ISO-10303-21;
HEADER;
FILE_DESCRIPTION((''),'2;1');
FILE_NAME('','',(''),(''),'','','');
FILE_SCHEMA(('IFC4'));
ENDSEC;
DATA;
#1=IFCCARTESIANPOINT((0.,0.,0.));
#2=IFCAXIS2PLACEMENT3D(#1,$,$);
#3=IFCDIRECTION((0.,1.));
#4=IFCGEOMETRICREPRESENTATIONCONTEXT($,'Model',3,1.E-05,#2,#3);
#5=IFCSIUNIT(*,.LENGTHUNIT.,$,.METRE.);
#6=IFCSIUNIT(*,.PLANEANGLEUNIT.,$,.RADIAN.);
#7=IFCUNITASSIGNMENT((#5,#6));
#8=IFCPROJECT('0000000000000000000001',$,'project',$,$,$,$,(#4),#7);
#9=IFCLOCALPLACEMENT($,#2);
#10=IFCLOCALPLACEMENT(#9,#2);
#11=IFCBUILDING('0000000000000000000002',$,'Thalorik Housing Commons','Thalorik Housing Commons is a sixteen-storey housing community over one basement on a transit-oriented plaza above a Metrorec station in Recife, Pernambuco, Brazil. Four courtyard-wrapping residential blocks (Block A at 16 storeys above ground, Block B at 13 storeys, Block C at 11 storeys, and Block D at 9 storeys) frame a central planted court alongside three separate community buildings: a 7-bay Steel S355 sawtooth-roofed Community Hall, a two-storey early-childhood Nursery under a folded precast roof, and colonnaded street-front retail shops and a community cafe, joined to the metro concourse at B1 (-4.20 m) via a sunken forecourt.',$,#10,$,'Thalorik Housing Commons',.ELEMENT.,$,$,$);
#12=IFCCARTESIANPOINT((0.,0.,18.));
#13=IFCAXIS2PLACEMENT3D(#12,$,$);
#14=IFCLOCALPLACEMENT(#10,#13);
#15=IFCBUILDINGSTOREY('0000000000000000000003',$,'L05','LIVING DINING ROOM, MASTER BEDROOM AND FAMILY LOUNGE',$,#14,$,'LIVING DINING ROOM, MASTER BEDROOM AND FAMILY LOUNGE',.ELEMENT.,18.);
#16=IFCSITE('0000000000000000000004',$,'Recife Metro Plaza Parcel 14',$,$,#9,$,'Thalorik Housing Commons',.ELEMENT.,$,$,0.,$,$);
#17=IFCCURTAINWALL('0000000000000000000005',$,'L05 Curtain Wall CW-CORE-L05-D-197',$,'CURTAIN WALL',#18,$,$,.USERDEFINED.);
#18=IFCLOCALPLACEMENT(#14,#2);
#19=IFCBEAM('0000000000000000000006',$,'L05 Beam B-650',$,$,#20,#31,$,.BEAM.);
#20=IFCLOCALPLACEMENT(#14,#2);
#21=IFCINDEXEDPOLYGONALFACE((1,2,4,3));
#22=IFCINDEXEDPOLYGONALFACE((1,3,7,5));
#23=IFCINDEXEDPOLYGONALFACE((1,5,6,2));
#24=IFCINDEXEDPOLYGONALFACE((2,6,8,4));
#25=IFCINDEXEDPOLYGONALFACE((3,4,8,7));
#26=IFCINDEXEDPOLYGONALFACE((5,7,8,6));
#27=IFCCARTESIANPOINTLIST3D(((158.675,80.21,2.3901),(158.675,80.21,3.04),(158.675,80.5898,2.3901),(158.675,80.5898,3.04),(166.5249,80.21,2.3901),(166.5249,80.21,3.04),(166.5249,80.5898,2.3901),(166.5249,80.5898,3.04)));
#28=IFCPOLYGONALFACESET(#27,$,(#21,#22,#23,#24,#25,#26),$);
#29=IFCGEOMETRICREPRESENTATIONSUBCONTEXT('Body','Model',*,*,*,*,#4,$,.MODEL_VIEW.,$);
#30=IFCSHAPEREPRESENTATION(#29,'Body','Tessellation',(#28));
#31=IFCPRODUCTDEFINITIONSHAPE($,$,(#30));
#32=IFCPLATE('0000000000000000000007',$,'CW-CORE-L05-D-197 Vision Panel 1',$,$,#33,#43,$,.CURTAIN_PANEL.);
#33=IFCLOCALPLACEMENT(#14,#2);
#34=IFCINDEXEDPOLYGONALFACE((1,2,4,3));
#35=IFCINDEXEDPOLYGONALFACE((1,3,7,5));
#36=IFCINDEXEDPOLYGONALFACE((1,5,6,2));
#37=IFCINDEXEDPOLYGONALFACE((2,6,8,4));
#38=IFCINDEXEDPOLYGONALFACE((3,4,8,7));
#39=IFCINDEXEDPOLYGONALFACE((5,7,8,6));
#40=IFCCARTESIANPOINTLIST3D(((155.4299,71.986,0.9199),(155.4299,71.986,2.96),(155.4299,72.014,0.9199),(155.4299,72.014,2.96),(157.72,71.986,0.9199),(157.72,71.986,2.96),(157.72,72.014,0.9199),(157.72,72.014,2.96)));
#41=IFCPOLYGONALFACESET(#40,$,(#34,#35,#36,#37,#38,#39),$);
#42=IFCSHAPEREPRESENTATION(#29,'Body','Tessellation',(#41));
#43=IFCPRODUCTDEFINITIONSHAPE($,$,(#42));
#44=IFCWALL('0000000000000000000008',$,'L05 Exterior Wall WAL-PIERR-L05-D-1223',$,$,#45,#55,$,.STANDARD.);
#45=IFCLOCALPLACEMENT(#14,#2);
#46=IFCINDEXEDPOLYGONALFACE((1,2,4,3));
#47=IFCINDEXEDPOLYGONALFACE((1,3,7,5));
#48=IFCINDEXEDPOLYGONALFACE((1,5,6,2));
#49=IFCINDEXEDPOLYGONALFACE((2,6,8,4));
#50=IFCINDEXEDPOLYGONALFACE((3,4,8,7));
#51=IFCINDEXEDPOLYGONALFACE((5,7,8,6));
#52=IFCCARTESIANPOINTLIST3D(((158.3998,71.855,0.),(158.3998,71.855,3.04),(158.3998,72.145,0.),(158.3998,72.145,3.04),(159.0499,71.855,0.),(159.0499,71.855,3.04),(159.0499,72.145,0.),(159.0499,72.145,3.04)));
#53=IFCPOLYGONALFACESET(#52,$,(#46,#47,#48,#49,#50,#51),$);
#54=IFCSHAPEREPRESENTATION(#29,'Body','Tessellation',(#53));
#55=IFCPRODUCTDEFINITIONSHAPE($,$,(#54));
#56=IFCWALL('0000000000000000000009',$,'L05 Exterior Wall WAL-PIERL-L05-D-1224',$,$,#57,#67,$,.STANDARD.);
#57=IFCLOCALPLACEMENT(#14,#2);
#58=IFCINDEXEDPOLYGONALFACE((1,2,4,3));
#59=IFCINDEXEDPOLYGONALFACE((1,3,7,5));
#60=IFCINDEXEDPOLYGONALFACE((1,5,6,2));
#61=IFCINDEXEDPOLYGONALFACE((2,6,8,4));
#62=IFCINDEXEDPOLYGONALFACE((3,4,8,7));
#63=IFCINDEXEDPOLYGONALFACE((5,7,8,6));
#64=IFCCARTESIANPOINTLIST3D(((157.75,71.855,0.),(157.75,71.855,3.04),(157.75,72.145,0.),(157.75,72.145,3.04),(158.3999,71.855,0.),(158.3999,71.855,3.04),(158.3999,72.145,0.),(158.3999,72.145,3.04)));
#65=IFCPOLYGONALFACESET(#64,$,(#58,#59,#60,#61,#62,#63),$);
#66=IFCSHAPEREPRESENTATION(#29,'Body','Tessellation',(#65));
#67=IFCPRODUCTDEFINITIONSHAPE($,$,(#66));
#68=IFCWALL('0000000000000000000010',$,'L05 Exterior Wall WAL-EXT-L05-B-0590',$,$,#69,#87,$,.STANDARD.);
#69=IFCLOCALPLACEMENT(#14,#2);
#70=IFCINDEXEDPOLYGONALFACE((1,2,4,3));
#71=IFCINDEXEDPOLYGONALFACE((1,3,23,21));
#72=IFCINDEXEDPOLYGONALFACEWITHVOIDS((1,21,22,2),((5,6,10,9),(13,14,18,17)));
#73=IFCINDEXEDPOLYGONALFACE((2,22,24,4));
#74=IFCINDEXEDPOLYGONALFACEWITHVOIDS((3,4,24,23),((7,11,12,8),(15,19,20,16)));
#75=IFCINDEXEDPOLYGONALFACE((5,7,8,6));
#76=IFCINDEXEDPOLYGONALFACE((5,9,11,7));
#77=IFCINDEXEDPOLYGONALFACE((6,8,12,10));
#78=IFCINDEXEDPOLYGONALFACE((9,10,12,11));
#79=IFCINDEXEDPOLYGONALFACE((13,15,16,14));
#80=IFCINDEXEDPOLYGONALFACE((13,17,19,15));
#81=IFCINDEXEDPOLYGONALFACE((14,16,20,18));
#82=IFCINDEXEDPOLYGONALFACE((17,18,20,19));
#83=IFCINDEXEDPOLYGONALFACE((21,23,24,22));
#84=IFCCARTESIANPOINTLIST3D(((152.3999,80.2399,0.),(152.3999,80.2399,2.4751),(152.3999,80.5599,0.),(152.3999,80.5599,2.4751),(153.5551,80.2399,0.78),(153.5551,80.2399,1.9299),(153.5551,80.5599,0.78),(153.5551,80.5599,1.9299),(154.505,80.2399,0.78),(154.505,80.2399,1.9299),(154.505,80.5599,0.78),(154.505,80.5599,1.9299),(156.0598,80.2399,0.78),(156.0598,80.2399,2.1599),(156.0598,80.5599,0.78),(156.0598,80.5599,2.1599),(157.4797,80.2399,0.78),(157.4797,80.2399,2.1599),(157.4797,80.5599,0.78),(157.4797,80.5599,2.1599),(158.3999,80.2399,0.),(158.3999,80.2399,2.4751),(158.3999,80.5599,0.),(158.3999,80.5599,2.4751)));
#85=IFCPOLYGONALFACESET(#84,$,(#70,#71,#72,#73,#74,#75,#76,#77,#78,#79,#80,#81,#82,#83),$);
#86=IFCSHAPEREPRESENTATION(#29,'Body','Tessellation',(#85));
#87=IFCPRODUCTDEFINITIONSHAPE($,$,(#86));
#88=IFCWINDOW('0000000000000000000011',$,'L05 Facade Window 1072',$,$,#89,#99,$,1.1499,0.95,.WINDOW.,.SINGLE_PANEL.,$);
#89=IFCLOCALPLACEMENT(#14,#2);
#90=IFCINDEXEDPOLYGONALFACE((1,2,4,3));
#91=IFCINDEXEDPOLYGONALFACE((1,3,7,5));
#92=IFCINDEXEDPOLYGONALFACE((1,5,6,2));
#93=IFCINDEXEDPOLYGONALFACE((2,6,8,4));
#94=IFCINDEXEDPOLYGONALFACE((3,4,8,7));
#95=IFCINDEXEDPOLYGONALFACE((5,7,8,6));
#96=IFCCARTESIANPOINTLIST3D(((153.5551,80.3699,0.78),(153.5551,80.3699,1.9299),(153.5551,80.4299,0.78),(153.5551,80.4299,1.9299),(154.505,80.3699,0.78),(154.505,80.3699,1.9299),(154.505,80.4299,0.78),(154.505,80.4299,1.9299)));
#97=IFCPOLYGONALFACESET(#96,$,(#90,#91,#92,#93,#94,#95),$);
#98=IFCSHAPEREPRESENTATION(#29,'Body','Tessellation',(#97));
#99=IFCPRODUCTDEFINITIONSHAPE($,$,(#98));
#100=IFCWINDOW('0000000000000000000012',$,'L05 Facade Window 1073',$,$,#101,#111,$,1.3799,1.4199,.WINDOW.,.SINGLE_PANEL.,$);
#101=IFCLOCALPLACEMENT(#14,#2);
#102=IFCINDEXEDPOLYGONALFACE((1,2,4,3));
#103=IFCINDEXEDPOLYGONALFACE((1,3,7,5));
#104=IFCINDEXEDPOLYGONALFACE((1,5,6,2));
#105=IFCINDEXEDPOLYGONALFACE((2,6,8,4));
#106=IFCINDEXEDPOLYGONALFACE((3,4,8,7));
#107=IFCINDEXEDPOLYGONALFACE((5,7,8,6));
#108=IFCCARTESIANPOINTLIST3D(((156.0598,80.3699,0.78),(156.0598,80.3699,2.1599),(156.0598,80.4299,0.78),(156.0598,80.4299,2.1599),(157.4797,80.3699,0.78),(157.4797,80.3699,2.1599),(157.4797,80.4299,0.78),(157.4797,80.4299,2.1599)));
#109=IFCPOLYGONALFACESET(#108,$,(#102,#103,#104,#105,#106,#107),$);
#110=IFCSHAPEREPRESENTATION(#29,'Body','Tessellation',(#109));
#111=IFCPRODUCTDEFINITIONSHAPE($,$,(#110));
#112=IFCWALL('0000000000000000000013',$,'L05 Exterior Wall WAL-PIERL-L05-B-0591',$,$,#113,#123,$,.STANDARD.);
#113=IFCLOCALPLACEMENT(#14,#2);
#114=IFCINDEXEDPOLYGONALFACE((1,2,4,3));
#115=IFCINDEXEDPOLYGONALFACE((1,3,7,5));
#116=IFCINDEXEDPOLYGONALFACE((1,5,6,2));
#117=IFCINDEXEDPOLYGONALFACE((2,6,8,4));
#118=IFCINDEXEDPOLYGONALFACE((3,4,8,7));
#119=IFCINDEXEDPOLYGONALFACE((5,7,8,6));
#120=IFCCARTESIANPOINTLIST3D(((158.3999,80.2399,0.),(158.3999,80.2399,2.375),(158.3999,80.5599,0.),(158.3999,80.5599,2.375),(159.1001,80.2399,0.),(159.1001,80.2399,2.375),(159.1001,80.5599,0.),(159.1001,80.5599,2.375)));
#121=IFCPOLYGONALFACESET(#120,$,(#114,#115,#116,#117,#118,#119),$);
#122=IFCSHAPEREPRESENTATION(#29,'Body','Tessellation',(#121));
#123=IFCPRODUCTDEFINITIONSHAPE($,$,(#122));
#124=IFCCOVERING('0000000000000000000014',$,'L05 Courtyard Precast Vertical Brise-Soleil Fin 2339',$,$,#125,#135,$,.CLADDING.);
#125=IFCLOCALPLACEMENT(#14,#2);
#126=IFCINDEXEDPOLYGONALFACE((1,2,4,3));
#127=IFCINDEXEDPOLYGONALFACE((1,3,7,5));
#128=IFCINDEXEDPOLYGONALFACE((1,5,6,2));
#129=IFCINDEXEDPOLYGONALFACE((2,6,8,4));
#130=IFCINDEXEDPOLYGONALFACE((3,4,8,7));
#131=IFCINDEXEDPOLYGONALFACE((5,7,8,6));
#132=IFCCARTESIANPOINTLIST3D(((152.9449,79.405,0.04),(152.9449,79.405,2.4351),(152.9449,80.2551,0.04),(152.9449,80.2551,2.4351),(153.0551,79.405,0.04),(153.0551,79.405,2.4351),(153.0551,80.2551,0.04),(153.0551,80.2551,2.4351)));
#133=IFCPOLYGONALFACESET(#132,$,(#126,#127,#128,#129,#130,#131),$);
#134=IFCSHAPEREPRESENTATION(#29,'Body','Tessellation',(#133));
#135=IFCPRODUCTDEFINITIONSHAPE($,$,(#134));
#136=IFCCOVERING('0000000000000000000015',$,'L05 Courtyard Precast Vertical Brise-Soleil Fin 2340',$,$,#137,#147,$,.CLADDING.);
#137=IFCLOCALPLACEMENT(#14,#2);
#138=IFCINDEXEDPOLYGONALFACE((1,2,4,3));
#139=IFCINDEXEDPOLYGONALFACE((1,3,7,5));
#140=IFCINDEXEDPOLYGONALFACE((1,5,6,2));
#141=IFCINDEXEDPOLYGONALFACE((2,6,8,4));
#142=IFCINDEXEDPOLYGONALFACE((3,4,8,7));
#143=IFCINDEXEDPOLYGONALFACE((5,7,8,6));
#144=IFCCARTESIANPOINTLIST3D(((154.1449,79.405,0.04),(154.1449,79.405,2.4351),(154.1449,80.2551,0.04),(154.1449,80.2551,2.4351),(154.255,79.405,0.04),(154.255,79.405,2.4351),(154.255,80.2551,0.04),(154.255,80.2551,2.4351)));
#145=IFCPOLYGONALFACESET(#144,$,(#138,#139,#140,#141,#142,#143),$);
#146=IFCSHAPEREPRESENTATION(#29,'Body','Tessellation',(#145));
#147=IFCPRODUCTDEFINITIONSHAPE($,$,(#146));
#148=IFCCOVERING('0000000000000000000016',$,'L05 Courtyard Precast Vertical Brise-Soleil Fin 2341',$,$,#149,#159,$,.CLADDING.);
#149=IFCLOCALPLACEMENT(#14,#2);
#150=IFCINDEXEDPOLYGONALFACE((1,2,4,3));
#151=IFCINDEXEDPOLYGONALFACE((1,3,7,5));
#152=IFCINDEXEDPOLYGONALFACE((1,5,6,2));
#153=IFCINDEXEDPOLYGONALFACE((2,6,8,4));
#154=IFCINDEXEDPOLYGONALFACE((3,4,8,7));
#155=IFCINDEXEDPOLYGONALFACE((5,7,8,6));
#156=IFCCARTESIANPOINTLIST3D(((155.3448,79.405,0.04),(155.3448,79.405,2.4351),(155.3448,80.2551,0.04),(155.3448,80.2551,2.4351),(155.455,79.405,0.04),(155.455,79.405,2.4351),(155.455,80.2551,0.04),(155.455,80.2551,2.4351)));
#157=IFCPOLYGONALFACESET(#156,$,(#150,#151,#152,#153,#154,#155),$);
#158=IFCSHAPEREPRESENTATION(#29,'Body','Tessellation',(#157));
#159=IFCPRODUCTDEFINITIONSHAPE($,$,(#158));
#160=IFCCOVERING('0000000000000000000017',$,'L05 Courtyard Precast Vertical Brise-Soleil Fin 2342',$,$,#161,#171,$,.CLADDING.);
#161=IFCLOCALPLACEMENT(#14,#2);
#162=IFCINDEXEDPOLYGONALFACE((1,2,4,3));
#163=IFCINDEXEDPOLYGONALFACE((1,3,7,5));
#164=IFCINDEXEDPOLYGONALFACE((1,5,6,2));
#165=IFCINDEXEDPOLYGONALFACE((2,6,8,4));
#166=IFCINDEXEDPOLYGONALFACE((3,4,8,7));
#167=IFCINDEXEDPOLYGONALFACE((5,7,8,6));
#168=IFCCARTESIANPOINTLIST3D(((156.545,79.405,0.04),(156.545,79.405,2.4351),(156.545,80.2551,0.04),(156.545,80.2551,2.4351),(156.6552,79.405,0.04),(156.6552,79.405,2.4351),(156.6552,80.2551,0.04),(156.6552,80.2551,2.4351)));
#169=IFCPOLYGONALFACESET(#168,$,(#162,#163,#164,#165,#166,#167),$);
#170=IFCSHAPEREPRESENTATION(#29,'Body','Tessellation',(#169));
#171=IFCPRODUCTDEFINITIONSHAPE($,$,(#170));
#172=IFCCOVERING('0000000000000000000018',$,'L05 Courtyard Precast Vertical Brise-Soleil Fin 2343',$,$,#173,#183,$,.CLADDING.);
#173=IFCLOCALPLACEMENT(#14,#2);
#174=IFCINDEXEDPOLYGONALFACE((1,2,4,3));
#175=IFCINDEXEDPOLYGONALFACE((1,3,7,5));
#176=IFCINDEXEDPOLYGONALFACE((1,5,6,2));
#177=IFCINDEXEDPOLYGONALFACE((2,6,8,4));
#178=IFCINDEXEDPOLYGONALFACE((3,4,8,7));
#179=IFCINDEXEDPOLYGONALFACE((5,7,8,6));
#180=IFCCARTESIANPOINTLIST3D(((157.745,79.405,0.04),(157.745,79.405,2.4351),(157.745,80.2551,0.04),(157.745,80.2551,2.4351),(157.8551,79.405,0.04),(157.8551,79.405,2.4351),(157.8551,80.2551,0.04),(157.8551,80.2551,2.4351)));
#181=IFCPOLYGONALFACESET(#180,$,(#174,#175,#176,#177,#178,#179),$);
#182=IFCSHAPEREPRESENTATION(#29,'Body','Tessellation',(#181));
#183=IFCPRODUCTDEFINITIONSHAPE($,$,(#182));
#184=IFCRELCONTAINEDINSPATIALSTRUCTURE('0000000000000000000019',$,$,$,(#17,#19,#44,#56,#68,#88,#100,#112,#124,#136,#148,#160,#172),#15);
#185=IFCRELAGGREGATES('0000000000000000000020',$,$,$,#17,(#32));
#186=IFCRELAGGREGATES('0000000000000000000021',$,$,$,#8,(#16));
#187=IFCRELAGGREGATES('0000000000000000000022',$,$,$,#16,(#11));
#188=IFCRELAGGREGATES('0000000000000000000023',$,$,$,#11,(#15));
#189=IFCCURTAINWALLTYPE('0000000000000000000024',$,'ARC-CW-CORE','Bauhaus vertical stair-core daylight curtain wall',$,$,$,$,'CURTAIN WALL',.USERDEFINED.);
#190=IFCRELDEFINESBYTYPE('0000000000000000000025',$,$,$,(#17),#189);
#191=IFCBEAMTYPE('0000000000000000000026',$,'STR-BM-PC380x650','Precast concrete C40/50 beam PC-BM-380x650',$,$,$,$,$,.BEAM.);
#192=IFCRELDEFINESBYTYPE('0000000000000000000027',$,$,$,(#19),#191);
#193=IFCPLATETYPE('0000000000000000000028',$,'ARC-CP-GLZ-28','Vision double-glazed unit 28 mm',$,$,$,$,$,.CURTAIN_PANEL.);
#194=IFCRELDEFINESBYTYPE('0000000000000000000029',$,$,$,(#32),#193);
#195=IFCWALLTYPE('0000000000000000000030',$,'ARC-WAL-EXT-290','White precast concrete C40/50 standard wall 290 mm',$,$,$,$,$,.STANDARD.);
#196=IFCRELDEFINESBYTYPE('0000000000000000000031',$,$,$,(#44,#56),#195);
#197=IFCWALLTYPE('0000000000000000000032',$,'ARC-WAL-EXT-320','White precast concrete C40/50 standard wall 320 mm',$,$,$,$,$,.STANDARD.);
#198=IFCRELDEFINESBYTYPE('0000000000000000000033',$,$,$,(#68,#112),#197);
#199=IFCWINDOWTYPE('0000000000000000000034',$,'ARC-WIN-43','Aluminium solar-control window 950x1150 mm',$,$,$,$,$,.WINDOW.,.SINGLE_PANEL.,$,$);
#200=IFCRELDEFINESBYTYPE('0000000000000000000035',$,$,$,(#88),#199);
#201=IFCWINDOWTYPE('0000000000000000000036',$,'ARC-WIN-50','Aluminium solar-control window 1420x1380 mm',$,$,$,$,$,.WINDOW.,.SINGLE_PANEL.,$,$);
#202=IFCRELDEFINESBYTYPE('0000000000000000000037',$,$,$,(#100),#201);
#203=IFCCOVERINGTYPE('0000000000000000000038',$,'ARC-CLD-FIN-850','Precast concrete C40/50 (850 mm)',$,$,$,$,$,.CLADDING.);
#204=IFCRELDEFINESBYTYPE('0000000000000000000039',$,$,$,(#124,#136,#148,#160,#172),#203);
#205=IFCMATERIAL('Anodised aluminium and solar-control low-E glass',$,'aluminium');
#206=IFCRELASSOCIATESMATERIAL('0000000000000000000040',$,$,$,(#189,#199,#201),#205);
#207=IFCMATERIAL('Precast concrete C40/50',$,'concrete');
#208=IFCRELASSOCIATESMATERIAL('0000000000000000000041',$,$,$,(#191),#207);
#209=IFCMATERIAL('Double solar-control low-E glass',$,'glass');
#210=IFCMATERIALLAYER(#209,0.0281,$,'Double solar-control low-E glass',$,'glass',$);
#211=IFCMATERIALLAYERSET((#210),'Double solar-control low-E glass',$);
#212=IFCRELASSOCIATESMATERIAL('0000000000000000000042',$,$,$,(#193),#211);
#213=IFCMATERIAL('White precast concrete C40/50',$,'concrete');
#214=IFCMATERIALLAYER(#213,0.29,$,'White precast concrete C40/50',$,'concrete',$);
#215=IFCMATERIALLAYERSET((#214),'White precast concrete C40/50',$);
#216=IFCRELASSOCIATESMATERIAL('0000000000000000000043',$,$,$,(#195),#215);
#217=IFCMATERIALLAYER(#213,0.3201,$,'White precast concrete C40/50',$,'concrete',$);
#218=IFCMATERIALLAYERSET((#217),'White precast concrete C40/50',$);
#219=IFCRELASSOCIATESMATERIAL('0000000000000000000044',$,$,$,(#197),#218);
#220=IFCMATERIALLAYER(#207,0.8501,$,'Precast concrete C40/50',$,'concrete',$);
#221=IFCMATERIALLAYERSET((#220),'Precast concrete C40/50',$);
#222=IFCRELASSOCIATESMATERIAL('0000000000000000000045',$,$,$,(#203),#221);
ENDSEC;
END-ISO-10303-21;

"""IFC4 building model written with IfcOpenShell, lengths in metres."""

from ifc_helpers import new_model, si_unit, direction, frame, frame_2d, origin, origin_2d, place, context, subcontext, project, spatial, rectangle, extrude, material, layer, layer_set, material_profile, profile_set, type_object, element, fill, aggregate, save


model = new_model("IFC4")

# Units and contexts
model_context = context("Model", 3, precision=1e-05, world=origin(), true_north=direction((0.0, 1.0)))
body_context = subcontext(model_context, "Body", "Model", "MODEL_VIEW")
ifc_project = project(units=[si_unit("LENGTHUNIT", "METRE"), si_unit("PLANEANGLEUNIT", "RADIAN")], contexts=[model_context])

# Site, building, storey
site_placement = place(None, origin())
site = spatial("IfcSite", under=ifc_project, at=site_placement, Name="Recife Metro Plaza Parcel 14", LongName="Thalorik Housing Commons", CompositionType="ELEMENT", RefElevation=0.0)
building_placement = place(site_placement, origin())
building = spatial("IfcBuilding", under=site, at=building_placement, Name="Thalorik Housing Commons", Description="Thalorik Housing Commons is a sixteen-storey housing community over one basement on a transit-oriented plaza above a Metrorec station in Recife, Pernambuco, Brazil. Four courtyard-wrapping residential blocks (Block A at 16 storeys above ground, Block B at 13 storeys, Block C at 11 storeys, and Block D at 9 storeys) frame a central planted court alongside three separate community buildings: a 7-bay Steel S355 sawtooth-roofed Community Hall, a two-storey early-childhood Nursery under a folded precast roof, and colonnaded street-front retail shops and a community cafe, joined to the metro concourse at B1 (-4.20 m) via a sunken forecourt.", LongName="Thalorik Housing Commons", CompositionType="ELEMENT")
storey_placement = place(building_placement, frame((0.0, 0.0, 18.0)))
storey = spatial("IfcBuildingStorey", under=building, at=storey_placement, Name="L05", Description="LIVING DINING ROOM, MASTER BEDROOM AND FAMILY LOUNGE", LongName="LIVING DINING ROOM, MASTER BEDROOM AND FAMILY LOUNGE", CompositionType="ELEMENT", Elevation=18.0)

# Shared definitions
ifc_material_1 = material(Name="Precast concrete C40/50", Category="concrete")

# Curtain wall
ifc_material_2 = material(Name="Anodised aluminium and solar-control low-E glass", Category="aluminium")
curtain_wall_type_1 = type_object("IfcCurtainWallType", Name="ARC-CW-CORE", Description="Bauhaus vertical stair-core daylight curtain wall", ElementType="CURTAIN WALL", PredefinedType="USERDEFINED", material=ifc_material_2)
curtain_wall_1_placement = place(storey_placement, origin())
curtain_wall_1 = element("IfcCurtainWall", 1, at=curtain_wall_1_placement, inside=storey, type_object=curtain_wall_type_1, Name="L05 Curtain Wall CW-CORE-L05-D-197", ObjectType="CURTAIN WALL", PredefinedType="USERDEFINED")

# Beam
ifc_material_profile_1 = material_profile(ifc_material_1, rectangle(XDim=0.3799, YDim=0.6499, at=origin_2d()), Name="PC 380x650", Category="concrete")
ifc_profile_set_1 = profile_set([ifc_material_profile_1], Name="Precast concrete C40/50")
beam_type_1 = type_object("IfcBeamType", Name="STR-BM-PC380x650", Description="Precast concrete C40/50 beam PC-BM-380x650", PredefinedType="BEAM", material=ifc_profile_set_1)
beam_1_placement = place(storey_placement, frame((158.675, 80.3999, 2.7151), z_axis=(1.0, 0.0, 0.0), x_axis=(0.0, 1.0, 0.0)))
element("IfcBeam", 2, at=beam_1_placement, inside=storey, type_object=beam_type_1, Name="L05 Beam B-650", PredefinedType="BEAM", context=body_context, shape_type="SweptSolid", body=[
    extrude(rectangle(XDim=0.3799, YDim=0.6499, at=origin_2d()), origin(), (0.0, 0.0, 1.0), 7.8499),
])

# Plate
ifc_material_3 = material(Name="Double solar-control low-E glass", Category="glass")
ifc_layer_1 = layer(ifc_material_3, 0.0281, Name="Double solar-control low-E glass", Category="glass")
ifc_layer_set_1 = layer_set([ifc_layer_1], Name="Double solar-control low-E glass")
plate_type = type_object("IfcPlateType", Name="ARC-CP-GLZ-28", Description="Vision double-glazed unit 28 mm", PredefinedType="CURTAIN_PANEL", material=ifc_layer_set_1)
plate_placement = place(storey_placement, frame((156.575, 72.0, 0.9199), z_axis=(0.0, 0.0, 1.0), x_axis=(-1.0, 0.0, 0.0)))
plate = element("IfcPlate", 3, at=plate_placement, type_object=plate_type, Name="CW-CORE-L05-D-197 Vision Panel 1", PredefinedType="CURTAIN_PANEL", context=body_context, shape_type="SweptSolid", body=[
    extrude(rectangle(XDim=2.29, YDim=0.0281, at=origin_2d()), origin(), (0.0, 0.0, 1.0), 2.04),
])
aggregate(curtain_wall_1, [plate])

# Walls
ifc_material_4 = material(Name="White precast concrete C40/50", Category="concrete")
ifc_layer_2 = layer(ifc_material_4, 0.29, Name="White precast concrete C40/50", Category="concrete")
ifc_layer_set_2 = layer_set([ifc_layer_2], Name="White precast concrete C40/50")
wall_type_1 = type_object("IfcWallType", Name="ARC-WAL-EXT-290", Description="White precast concrete C40/50 standard wall 290 mm", PredefinedType="STANDARD", material=ifc_layer_set_2)
wall_1_placement = place(storey_placement, frame((159.05, 72.0, 0.0), z_axis=(0.0, 0.0, 1.0), x_axis=(-1.0, 0.0, 0.0)))
element("IfcWall", 4, at=wall_1_placement, inside=storey, type_object=wall_type_1, Name="L05 Exterior Wall WAL-PIERR-L05-D-1223", PredefinedType="STANDARD", context=body_context, shape_type="SweptSolid", body=[
    extrude(rectangle(XDim=0.6501, YDim=0.29, at=frame_2d((0.3252, 0.0))), origin(), (0.0, 0.0, 1.0), 3.04),
])
wall_2_placement = place(storey_placement, frame((158.3999, 72.0, 0.0), z_axis=(0.0, 0.0, 1.0), x_axis=(-1.0, 0.0, 0.0)))
element("IfcWall", 5, at=wall_2_placement, inside=storey, type_object=wall_type_1, Name="L05 Exterior Wall WAL-PIERL-L05-D-1224", PredefinedType="STANDARD", context=body_context, shape_type="SweptSolid", body=[
    extrude(rectangle(XDim=0.6499, YDim=0.29, at=frame_2d((0.325, 0.0))), origin(), (0.0, 0.0, 1.0), 3.04),
])

# Wall, openings, windows
ifc_layer_3 = layer(ifc_material_4, 0.3201, Name="White precast concrete C40/50", Category="concrete")
ifc_layer_set_3 = layer_set([ifc_layer_3], Name="White precast concrete C40/50")
wall_type_2 = type_object("IfcWallType", Name="ARC-WAL-EXT-320", Description="White precast concrete C40/50 standard wall 320 mm", PredefinedType="STANDARD", material=ifc_layer_set_3)
wall_3_placement = place(storey_placement, frame((152.3999, 80.3999, 0.0), z_axis=(0.0, 0.0, 1.0), x_axis=(1.0, 0.0, 0.0)))
wall_3 = element("IfcWall", 6, at=wall_3_placement, inside=storey, type_object=wall_type_2, Name="L05 Exterior Wall WAL-EXT-L05-B-0590", PredefinedType="STANDARD", context=body_context, shape_type="SweptSolid", body=[
    extrude(rectangle(XDim=6.0, YDim=0.3201, at=frame_2d((3.0, 0.0))), origin(), (0.0, 0.0, 1.0), 2.4751),
])
opening_1_placement = place(wall_3_placement, frame((1.155, 0.0, 0.78)))
opening_1 = element("IfcOpeningElement", 7, at=opening_1_placement, cuts=wall_3, PredefinedType="OPENING", context=body_context, shape_type="SweptSolid", body=[
    extrude(rectangle(XDim=0.95, YDim=1.1499, at=frame_2d((0.4751, 0.575))), frame((0.0, 0.1699, 0.0), z_axis=(0.0, -1.0, 0.0), x_axis=(1.0, 0.0, 0.0)), (0.0, 0.0, 1.0), 0.3401),
])
opening_2_placement = place(wall_3_placement, frame((3.6599, 0.0, 0.78)))
opening_2 = element("IfcOpeningElement", 8, at=opening_2_placement, cuts=wall_3, PredefinedType="OPENING", context=body_context, shape_type="SweptSolid", body=[
    extrude(rectangle(XDim=1.4199, YDim=1.3799, at=frame_2d((0.71, 0.6899))), frame((0.0, 0.1699, 0.0), z_axis=(0.0, -1.0, 0.0), x_axis=(1.0, 0.0, 0.0)), (0.0, 0.0, 1.0), 0.3401),
])
window_type_1 = type_object("IfcWindowType", Name="ARC-WIN-43", Description="Aluminium solar-control window 950x1150 mm", PartitioningType="SINGLE_PANEL", PredefinedType="WINDOW", material=ifc_material_2)
window_1_placement = place(opening_1_placement, origin())
window_1 = element("IfcWindow", 9, at=window_1_placement, inside=storey, type_object=window_type_1, Name="L05 Facade Window 1072", OverallHeight=1.1499, OverallWidth=0.95, PartitioningType="SINGLE_PANEL", PredefinedType="WINDOW", context=body_context, shape_type="SweptSolid", body=[
    extrude(rectangle(XDim=0.95, YDim=1.1499, at=frame_2d((0.4751, 0.575))), frame((0.0, 0.03, 0.0), z_axis=(0.0, -1.0, 0.0), x_axis=(1.0, 0.0, 0.0)), (0.0, 0.0, 1.0), 0.0601),
])
fill(opening_1, window_1)
window_type_2 = type_object("IfcWindowType", Name="ARC-WIN-50", Description="Aluminium solar-control window 1420x1380 mm", PartitioningType="SINGLE_PANEL", PredefinedType="WINDOW", material=ifc_material_2)
window_2_placement = place(opening_2_placement, origin())
window_2 = element("IfcWindow", 10, at=window_2_placement, inside=storey, type_object=window_type_2, Name="L05 Facade Window 1073", OverallHeight=1.3799, OverallWidth=1.4199, PartitioningType="SINGLE_PANEL", PredefinedType="WINDOW", context=body_context, shape_type="SweptSolid", body=[
    extrude(rectangle(XDim=1.4199, YDim=1.3799, at=frame_2d((0.71, 0.6899))), frame((0.0, 0.03, 0.0), z_axis=(0.0, -1.0, 0.0), x_axis=(1.0, 0.0, 0.0)), (0.0, 0.0, 1.0), 0.0601),
])
fill(opening_2, window_2)

# Wall
wall_4_placement = place(storey_placement, frame((158.3999, 80.3999, 0.0), z_axis=(0.0, 0.0, 1.0), x_axis=(1.0, 0.0, 0.0)))
element("IfcWall", 11, at=wall_4_placement, inside=storey, type_object=wall_type_2, Name="L05 Exterior Wall WAL-PIERL-L05-B-0591", PredefinedType="STANDARD", context=body_context, shape_type="SweptSolid", body=[
    extrude(rectangle(XDim=0.7002, YDim=0.3201, at=frame_2d((0.3501, 0.0))), origin(), (0.0, 0.0, 1.0), 2.375),
])

# Coverings
ifc_layer_4 = layer(ifc_material_1, 0.8501, Name="Precast concrete C40/50", Category="concrete")
ifc_layer_set_4 = layer_set([ifc_layer_4], Name="Precast concrete C40/50")
covering_type_1 = type_object("IfcCoveringType", Name="ARC-CLD-FIN-850", Description="Precast concrete C40/50 (850 mm)", PredefinedType="CLADDING", material=ifc_layer_set_4)
for number, where, z_axis, x_axis, name in (
    (12, (153.0, 79.8301, 0.04), (0.0, 0.0, 1.0), (1.0, 0.0, 0.0), "L05 Courtyard Precast Vertical Brise-Soleil Fin 2339"),
    (13, (154.2, 79.8301, 0.04), (0.0, 0.0, 1.0), (1.0, 0.0, 0.0), "L05 Courtyard Precast Vertical Brise-Soleil Fin 2340"),
    (14, (155.3999, 79.8301, 0.04), (0.0, 0.0, 1.0), (1.0, 0.0, 0.0), "L05 Courtyard Precast Vertical Brise-Soleil Fin 2341"),
    (15, (156.6001, 79.8301, 0.04), (0.0, 0.0, 1.0), (1.0, 0.0, 0.0), "L05 Courtyard Precast Vertical Brise-Soleil Fin 2342"),
    (16, (157.8, 79.8301, 0.04), (0.0, 0.0, 1.0), (1.0, 0.0, 0.0), "L05 Courtyard Precast Vertical Brise-Soleil Fin 2343"),
):
    element("IfcCovering", number, at=place(storey_placement, frame(where, z_axis=z_axis, x_axis=x_axis)), inside=storey, type_object=covering_type_1, Name=name, PredefinedType="CLADDING", context=body_context, shape_type="SweptSolid", body=[
        extrude(rectangle(XDim=0.1101, YDim=0.8501, at=origin_2d()), origin(), (0.0, 0.0, 1.0), 2.395),
    ])

save(model, "model.ifc")
